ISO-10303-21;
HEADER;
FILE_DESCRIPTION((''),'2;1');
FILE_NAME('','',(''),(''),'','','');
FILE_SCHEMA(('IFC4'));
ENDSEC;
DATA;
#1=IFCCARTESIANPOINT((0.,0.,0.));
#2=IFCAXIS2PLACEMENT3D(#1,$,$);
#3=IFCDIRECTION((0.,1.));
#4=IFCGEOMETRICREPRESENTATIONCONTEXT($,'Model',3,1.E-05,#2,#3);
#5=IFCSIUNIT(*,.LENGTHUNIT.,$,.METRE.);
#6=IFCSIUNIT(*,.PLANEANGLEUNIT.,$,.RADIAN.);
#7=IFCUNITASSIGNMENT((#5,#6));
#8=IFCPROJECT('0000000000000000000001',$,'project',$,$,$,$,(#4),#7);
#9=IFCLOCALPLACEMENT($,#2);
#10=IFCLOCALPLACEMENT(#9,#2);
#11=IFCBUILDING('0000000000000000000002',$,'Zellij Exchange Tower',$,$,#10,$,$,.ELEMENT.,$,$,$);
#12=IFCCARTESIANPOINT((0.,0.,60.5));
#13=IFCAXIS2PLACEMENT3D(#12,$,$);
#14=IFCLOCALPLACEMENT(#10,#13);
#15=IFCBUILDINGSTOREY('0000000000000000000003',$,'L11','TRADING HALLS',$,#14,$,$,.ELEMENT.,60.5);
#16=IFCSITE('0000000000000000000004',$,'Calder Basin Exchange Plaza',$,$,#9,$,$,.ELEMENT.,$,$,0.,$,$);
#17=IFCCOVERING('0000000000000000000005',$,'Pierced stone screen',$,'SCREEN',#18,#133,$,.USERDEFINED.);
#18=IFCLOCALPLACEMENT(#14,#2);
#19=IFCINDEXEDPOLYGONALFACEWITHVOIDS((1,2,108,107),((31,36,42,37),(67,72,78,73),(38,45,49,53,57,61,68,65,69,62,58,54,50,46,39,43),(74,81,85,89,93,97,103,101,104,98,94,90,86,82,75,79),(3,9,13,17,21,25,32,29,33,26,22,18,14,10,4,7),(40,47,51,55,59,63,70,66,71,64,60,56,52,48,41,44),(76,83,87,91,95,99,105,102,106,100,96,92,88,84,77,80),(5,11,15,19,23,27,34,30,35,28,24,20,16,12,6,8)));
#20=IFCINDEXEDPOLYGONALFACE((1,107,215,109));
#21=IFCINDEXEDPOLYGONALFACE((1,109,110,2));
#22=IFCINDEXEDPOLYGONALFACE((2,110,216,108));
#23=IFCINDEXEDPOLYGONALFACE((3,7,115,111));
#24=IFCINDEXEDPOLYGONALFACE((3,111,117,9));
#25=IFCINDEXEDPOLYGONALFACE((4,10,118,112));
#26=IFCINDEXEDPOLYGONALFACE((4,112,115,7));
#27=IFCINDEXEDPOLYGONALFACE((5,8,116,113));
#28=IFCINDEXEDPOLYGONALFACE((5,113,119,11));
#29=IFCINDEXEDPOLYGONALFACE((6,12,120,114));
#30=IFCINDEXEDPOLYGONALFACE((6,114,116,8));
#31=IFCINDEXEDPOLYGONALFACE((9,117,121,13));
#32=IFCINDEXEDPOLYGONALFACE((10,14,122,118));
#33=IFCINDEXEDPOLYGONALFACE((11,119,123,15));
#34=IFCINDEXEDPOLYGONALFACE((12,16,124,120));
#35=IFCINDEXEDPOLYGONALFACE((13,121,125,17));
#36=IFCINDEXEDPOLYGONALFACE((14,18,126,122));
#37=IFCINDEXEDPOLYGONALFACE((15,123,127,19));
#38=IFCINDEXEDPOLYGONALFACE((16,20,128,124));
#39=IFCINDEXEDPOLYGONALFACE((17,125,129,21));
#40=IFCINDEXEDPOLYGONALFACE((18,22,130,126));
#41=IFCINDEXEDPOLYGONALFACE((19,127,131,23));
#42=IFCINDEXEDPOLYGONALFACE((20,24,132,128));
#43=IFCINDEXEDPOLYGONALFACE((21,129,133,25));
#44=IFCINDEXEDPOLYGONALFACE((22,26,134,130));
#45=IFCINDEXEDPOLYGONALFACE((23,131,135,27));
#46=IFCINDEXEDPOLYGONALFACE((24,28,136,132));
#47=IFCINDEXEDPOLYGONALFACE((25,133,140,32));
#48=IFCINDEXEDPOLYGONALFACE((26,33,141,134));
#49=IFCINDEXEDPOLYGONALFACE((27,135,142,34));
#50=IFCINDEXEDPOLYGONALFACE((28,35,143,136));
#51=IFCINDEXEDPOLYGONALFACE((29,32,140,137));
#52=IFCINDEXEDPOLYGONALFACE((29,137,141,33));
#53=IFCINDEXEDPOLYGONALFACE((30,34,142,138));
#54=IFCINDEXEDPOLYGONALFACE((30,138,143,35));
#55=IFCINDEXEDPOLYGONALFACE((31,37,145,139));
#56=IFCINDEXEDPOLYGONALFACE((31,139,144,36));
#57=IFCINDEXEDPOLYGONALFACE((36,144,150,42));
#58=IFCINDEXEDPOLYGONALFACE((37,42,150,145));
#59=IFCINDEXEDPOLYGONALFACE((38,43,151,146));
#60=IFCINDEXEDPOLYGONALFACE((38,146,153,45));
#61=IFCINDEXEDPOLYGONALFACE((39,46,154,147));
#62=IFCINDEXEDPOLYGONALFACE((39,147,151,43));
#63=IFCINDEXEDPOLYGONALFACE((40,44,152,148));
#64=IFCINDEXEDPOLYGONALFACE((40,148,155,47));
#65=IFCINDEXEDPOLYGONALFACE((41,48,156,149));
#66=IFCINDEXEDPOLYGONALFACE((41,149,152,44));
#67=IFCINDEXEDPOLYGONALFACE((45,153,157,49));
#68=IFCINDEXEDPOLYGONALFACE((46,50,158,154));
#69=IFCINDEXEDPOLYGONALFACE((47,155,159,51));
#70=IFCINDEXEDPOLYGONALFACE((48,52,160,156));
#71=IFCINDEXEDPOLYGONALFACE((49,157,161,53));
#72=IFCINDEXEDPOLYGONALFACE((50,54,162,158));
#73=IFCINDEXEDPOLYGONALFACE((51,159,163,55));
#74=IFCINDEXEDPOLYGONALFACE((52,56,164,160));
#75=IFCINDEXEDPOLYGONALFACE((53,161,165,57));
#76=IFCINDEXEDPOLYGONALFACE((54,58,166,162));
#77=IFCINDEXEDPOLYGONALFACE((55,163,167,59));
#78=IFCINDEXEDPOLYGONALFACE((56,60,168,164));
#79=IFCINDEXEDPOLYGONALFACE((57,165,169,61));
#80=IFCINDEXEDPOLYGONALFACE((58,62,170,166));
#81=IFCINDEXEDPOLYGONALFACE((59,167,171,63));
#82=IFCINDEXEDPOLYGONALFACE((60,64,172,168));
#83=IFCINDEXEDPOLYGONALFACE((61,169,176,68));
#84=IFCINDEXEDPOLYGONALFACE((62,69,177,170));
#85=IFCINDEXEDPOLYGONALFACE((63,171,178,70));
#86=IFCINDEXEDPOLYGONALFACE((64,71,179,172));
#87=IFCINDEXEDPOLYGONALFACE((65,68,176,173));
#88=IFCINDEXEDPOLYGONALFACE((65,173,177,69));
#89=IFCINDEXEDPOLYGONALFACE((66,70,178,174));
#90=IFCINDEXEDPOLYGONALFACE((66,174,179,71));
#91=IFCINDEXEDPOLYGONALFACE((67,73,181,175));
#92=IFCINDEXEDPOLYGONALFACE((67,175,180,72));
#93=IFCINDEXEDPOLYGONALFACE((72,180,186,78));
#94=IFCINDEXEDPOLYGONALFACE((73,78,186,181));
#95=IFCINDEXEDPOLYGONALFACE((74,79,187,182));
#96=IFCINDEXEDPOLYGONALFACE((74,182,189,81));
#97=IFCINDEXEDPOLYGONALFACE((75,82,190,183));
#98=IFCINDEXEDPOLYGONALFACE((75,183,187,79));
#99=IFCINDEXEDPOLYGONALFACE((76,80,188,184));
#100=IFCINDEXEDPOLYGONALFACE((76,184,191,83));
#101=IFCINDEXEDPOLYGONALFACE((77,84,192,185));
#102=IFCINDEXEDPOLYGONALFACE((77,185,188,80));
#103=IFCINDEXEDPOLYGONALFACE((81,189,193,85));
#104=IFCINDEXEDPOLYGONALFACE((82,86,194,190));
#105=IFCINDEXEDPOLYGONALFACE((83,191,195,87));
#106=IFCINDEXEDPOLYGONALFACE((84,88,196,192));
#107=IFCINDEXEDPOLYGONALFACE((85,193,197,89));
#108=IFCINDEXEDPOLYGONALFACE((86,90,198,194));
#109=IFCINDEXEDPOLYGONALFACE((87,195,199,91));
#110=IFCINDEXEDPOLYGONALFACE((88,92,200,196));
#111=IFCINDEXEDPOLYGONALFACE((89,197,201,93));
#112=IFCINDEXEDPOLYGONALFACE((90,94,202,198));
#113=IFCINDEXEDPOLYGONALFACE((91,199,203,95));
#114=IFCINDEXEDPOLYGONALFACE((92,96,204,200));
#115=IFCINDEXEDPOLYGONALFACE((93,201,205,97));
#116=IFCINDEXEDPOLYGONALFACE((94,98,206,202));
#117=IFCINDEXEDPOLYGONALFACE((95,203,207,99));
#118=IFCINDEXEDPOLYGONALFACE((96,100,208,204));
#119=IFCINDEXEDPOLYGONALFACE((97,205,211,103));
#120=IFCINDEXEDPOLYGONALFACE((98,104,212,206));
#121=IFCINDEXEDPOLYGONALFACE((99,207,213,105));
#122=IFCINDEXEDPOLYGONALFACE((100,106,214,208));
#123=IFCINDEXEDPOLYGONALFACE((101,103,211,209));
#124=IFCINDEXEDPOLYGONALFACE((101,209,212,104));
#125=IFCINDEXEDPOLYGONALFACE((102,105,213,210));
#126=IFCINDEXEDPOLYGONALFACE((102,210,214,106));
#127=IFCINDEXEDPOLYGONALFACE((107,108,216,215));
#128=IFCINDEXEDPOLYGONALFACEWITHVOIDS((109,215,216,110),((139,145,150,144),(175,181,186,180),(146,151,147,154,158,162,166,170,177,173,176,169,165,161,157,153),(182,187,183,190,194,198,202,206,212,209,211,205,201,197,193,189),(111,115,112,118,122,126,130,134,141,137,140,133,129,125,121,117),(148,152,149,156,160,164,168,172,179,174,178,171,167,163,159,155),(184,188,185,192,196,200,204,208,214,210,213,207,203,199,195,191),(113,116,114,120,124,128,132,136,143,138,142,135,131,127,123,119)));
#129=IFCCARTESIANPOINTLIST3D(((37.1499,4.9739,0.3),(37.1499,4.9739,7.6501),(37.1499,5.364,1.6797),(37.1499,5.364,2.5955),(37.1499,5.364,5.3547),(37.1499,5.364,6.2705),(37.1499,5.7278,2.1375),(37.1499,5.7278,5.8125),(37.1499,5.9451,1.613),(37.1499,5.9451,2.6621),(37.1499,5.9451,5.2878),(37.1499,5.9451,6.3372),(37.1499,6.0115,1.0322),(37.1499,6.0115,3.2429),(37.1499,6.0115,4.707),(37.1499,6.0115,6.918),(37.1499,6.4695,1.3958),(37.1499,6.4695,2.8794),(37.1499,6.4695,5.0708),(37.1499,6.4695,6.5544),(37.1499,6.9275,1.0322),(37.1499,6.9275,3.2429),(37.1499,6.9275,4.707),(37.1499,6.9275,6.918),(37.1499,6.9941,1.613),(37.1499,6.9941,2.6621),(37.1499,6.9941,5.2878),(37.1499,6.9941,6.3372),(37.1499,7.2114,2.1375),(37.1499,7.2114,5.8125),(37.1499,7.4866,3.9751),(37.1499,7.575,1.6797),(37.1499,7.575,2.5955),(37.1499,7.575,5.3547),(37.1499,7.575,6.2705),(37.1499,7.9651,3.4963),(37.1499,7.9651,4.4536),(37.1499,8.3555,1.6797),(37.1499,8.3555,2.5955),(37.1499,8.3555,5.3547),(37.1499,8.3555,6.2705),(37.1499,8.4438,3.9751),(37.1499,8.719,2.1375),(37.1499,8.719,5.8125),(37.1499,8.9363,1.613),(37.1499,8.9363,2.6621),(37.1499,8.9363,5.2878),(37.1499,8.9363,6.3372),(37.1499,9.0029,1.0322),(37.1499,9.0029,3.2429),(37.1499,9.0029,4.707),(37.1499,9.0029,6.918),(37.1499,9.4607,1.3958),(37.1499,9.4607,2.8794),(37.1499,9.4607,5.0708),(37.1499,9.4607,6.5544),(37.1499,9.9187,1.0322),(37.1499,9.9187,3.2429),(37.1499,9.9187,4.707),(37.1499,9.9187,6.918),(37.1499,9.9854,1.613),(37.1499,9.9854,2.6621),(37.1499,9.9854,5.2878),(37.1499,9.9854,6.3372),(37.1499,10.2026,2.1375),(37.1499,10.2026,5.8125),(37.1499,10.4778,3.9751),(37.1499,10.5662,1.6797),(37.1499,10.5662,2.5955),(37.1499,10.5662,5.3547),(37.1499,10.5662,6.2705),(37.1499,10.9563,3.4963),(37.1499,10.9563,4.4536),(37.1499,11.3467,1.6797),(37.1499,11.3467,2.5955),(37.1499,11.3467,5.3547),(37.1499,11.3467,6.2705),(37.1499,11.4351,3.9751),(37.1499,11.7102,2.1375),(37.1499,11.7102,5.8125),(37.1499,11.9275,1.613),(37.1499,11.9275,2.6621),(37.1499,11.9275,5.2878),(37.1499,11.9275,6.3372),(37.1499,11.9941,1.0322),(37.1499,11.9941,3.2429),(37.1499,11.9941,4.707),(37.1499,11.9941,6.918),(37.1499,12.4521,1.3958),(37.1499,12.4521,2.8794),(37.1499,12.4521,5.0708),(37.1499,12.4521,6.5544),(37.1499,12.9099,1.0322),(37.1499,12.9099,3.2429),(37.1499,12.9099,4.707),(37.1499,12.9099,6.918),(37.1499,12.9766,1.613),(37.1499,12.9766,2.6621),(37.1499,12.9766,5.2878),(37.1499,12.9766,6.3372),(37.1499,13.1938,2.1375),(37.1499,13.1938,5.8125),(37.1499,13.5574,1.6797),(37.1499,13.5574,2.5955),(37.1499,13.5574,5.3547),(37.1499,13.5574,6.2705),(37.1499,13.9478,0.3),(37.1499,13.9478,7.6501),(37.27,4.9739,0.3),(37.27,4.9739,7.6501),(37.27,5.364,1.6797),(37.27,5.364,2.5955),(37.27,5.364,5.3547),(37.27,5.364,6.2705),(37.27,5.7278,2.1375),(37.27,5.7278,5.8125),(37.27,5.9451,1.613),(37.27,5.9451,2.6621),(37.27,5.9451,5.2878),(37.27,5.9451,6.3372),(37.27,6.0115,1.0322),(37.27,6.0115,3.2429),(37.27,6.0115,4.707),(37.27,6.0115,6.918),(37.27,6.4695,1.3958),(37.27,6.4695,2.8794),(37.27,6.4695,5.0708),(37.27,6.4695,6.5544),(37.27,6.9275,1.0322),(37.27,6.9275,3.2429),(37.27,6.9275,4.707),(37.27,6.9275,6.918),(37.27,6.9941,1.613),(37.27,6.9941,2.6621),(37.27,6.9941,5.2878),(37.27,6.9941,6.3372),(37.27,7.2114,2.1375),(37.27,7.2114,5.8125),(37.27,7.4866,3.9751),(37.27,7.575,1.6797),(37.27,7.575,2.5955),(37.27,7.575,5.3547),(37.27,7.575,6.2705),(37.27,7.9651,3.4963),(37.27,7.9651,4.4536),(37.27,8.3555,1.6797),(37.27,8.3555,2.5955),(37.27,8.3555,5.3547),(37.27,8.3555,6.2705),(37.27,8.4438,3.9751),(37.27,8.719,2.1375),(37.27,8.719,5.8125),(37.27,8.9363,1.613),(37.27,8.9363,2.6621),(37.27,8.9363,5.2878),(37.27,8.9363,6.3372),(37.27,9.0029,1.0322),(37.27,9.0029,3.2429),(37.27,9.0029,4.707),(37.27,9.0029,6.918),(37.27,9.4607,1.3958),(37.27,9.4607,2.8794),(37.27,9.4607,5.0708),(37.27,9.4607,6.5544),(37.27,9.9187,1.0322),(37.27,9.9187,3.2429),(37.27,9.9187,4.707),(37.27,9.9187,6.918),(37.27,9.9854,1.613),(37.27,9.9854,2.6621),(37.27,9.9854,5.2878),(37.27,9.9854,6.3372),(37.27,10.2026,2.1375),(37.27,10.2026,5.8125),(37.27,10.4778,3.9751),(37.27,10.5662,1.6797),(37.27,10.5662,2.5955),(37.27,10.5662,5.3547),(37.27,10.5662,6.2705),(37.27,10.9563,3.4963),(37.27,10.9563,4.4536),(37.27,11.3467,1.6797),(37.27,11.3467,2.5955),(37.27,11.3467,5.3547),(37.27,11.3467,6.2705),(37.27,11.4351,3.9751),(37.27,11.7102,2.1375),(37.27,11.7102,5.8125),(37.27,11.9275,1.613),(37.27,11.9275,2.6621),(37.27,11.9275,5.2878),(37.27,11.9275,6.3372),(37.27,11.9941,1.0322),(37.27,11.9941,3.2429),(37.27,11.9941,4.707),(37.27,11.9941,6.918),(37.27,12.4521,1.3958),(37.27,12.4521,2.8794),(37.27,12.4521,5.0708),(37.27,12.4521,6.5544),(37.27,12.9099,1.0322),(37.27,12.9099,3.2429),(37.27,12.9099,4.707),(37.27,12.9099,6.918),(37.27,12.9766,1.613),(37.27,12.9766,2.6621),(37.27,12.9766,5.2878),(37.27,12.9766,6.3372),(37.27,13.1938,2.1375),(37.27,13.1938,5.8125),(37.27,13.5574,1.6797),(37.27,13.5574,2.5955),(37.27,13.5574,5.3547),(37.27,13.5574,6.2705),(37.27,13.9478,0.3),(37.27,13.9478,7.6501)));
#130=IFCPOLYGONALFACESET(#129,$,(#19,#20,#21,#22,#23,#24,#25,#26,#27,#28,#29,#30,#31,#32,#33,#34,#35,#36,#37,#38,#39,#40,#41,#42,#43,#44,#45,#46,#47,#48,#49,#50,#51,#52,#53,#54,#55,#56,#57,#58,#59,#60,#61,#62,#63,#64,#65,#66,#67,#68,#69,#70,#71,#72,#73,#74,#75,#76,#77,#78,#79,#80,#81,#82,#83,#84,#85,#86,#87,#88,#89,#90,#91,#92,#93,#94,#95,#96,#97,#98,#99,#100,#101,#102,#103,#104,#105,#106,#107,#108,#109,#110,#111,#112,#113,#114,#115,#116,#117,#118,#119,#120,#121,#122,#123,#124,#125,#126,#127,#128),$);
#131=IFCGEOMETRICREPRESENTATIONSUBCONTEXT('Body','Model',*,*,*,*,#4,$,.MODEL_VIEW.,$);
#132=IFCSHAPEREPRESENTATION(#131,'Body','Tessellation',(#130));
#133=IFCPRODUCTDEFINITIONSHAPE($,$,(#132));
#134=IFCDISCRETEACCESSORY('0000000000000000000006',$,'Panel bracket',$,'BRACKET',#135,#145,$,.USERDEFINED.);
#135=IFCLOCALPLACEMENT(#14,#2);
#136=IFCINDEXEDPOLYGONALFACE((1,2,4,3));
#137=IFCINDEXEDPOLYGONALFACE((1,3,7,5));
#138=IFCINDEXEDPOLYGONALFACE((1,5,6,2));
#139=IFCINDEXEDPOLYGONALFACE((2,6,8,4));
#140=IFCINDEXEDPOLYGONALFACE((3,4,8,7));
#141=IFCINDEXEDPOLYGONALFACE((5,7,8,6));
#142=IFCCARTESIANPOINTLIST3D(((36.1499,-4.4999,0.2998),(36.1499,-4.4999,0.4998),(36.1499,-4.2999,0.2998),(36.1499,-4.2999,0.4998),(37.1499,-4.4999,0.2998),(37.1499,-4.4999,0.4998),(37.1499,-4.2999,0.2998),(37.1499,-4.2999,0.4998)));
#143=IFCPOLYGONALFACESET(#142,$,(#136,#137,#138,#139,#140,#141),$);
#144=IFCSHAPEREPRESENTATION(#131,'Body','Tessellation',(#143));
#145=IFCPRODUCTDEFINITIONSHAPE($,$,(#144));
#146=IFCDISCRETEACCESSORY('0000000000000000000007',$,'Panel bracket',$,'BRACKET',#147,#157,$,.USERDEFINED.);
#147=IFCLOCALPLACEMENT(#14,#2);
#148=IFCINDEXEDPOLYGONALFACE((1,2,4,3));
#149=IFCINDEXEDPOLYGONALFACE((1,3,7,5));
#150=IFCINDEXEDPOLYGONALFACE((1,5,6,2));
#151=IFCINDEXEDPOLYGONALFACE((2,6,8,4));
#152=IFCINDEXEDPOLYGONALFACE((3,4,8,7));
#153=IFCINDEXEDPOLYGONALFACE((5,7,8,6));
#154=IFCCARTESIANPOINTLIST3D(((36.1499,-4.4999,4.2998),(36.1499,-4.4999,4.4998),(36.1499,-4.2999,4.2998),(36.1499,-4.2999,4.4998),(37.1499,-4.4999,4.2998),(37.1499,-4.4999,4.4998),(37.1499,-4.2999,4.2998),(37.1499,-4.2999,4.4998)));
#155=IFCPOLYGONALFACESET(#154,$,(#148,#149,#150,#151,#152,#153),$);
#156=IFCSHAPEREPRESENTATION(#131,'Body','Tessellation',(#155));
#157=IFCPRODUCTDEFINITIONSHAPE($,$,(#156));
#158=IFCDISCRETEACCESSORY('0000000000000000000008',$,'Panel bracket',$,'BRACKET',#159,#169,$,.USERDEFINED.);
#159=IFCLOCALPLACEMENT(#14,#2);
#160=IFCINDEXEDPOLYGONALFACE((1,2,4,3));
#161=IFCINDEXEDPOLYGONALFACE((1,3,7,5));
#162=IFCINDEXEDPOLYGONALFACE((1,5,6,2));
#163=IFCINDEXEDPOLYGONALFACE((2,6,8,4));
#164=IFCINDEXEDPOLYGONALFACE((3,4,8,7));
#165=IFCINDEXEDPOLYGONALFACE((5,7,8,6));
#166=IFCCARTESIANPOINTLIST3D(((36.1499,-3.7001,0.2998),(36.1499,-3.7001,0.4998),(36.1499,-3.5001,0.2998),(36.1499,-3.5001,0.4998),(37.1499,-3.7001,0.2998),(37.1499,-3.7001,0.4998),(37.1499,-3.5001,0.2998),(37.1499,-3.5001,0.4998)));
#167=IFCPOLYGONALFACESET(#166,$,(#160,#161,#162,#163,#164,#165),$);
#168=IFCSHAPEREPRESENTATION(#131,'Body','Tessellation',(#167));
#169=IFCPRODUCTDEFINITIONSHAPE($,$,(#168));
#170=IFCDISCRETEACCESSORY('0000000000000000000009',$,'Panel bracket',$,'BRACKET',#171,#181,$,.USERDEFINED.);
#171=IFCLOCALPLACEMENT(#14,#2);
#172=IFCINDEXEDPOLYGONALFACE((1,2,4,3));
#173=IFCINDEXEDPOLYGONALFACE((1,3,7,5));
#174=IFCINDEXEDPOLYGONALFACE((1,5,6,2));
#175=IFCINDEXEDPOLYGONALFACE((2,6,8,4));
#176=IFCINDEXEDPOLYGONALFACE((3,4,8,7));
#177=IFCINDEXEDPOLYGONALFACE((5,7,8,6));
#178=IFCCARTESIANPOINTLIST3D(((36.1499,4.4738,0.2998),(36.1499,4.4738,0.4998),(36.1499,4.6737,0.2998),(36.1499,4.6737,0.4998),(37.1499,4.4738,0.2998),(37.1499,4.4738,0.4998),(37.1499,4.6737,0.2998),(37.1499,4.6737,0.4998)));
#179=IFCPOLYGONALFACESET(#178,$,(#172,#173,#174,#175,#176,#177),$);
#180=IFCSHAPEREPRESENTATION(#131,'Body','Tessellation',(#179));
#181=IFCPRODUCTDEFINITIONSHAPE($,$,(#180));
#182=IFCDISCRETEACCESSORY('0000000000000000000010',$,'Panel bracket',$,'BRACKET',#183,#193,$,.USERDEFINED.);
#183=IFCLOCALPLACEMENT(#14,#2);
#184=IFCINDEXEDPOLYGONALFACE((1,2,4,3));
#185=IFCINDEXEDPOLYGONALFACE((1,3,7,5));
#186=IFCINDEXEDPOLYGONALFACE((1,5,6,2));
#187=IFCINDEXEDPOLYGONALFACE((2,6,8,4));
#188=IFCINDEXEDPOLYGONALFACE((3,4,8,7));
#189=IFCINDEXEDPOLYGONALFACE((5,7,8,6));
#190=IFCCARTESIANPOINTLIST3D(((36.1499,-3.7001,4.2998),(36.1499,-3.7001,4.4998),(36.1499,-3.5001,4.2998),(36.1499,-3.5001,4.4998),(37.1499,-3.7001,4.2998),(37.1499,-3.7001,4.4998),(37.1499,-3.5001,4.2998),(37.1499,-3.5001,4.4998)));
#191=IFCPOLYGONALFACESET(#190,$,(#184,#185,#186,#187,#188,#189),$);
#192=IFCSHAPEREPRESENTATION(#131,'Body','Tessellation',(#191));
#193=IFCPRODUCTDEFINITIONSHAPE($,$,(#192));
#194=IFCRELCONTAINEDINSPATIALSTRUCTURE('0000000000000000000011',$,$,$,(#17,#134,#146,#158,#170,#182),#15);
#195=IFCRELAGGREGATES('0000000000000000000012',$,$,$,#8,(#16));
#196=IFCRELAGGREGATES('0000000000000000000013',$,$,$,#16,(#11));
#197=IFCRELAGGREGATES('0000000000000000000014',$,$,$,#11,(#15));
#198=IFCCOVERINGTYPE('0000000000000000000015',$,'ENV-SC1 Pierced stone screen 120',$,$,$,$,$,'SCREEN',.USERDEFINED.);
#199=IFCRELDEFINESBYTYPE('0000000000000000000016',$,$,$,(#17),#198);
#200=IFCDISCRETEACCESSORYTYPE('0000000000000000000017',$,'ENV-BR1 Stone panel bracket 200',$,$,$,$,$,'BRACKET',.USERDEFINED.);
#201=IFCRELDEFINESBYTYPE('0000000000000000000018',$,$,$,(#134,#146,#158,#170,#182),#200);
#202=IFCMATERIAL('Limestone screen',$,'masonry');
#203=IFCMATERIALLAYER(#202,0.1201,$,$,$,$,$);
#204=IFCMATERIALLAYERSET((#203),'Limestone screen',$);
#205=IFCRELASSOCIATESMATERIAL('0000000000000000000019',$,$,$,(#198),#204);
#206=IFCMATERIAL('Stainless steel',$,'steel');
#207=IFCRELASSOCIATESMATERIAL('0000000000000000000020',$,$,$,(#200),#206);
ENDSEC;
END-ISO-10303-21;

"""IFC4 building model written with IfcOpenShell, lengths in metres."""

from ifc_helpers import new_model, si_unit, direction, frame, origin, origin_2d, place, context, subcontext, project, spatial, polyline, rectangle, outline, extrude, material, layer, layer_set, type_object, element, save


model = new_model("IFC4")

# Units and contexts
model_context = context("Model", 3, precision=1e-05, world=origin(), true_north=direction((0.0, 1.0)))
body_context = subcontext(model_context, "Body", "Model", "MODEL_VIEW")
ifc_project = project(units=[si_unit("LENGTHUNIT", "METRE"), si_unit("PLANEANGLEUNIT", "RADIAN")], contexts=[model_context])

# Site, building, storey
site_placement = place(None, origin())
site = spatial("IfcSite", under=ifc_project, at=site_placement, Name="Calder Basin Exchange Plaza", CompositionType="ELEMENT", RefElevation=0.0)
building_placement = place(site_placement, origin())
building = spatial("IfcBuilding", under=site, at=building_placement, Name="Zellij Exchange Tower", CompositionType="ELEMENT")
storey_placement = place(building_placement, frame((0.0, 0.0, 60.5)))
storey = spatial("IfcBuildingStorey", under=building, at=storey_placement, Name="L11", Description="TRADING HALLS", CompositionType="ELEMENT", Elevation=60.5)

# Covering
ifc_material_1 = material(Name="Limestone screen", Category="masonry")
ifc_layer_1 = layer(ifc_material_1, 0.1201)
ifc_layer_set_1 = layer_set([ifc_layer_1], Name="Limestone screen")
covering_type = type_object("IfcCoveringType", Name="ENV-SC1 Pierced stone screen 120", ElementType="SCREEN", PredefinedType="USERDEFINED", material=ifc_layer_set_1)
covering_1_placement = place(storey_placement, frame((37.21, 4.9739, 0.3), z_axis=(0.0, 0.0, 1.0), x_axis=(0.0, 1.0, 0.0)))
element("IfcCovering", 1, at=covering_1_placement, inside=storey, type_object=covering_type, Name="Pierced stone screen", ObjectType="SCREEN", PredefinedType="USERDEFINED", context=body_context, shape_type="SweptSolid", body=[
    extrude(outline(polyline([(0.0, 0.0), (8.9739, 0.0), (8.9739, 7.3501), (0.0, 7.3501), (0.0, 0.0)]), holes=[polyline([(2.6011, 2.2954), (2.0203, 2.3621), (1.9536, 2.9429), (1.4956, 2.5793), (1.0376, 2.9429), (0.9712, 2.3621), (0.3901, 2.2954), (0.7539, 1.8374), (0.3901, 1.3796), (0.9712, 1.313), (1.0376, 0.7322), (1.4956, 1.0957), (1.9536, 0.7322), (2.0203, 1.313), (2.6011, 1.3796), (2.2375, 1.8374), (2.6011, 2.2954)]), polyline([(2.6011, 5.9705), (2.0203, 6.0371), (1.9536, 6.6179), (1.4956, 6.2544), (1.0376, 6.6179), (0.9712, 6.0371), (0.3901, 5.9705), (0.7539, 5.5125), (0.3901, 5.0547), (0.9712, 4.9878), (1.0376, 4.407), (1.4956, 4.7708), (1.9536, 4.407), (2.0203, 4.9878), (2.6011, 5.0547), (2.2375, 5.5125), (2.6011, 5.9705)]), polyline([(5.5923, 2.2954), (5.0115, 2.3621), (4.9448, 2.9429), (4.4868, 2.5793), (4.0291, 2.9429), (3.9624, 2.3621), (3.3816, 2.2954), (3.7451, 1.8374), (3.3816, 1.3796), (3.9624, 1.313), (4.0291, 0.7322), (4.4868, 1.0957), (4.9448, 0.7322), (5.0115, 1.313), (5.5923, 1.3796), (5.2288, 1.8374), (5.5923, 2.2954)]), polyline([(5.5923, 5.9705), (5.0115, 6.0371), (4.9448, 6.6179), (4.4868, 6.2544), (4.0291, 6.6179), (3.9624, 6.0371), (3.3816, 5.9705), (3.7451, 5.5125), (3.3816, 5.0547), (3.9624, 4.9878), (4.0291, 4.407), (4.4868, 4.7708), (4.9448, 4.407), (5.0115, 4.9878), (5.5923, 5.0547), (5.2288, 5.5125), (5.5923, 5.9705)]), polyline([(8.5835, 2.2954), (8.0027, 2.3621), (7.936, 2.9429), (7.4783, 2.5793), (7.0203, 2.9429), (6.9536, 2.3621), (6.3728, 2.2954), (6.7363, 1.8374), (6.3728, 1.3796), (6.9536, 1.313), (7.0203, 0.7322), (7.4783, 1.0957), (7.936, 0.7322), (8.0027, 1.313), (8.5835, 1.3796), (8.22, 1.8374), (8.5835, 2.2954)]), polyline([(8.5835, 5.9705), (8.0027, 6.0371), (7.936, 6.6179), (7.4783, 6.2544), (7.0203, 6.6179), (6.9536, 6.0371), (6.3728, 5.9705), (6.7363, 5.5125), (6.3728, 5.0547), (6.9536, 4.9878), (7.0203, 4.407), (7.4783, 4.7708), (7.936, 4.407), (8.0027, 4.9878), (8.5835, 5.0547), (8.22, 5.5125), (8.5835, 5.9705)]), polyline([(3.47, 3.675), (2.9912, 4.1536), (2.5127, 3.675), (2.9912, 3.1963), (3.47, 3.675)]), polyline([(6.4612, 3.675), (5.9824, 4.1536), (5.5039, 3.675), (5.9824, 3.1963), (6.4612, 3.675)])]), frame((0.0, 0.0601, 0.0), z_axis=(0.0, -1.0, 0.0), x_axis=(1.0, 0.0, 0.0)), (0.0, 0.0, 1.0), 0.1201),
])

# Discrete accessories
ifc_material_2 = material(Name="Stainless steel", Category="steel")
discrete_accessory_type = type_object("IfcDiscreteAccessoryType", Name="ENV-BR1 Stone panel bracket 200", ElementType="BRACKET", PredefinedType="USERDEFINED", material=ifc_material_2)
for number, where, z_axis, x_axis, name in (
    (2, (36.6499, -4.3999, 0.2998), (0.0, 0.0, 1.0), (0.0, 1.0, 0.0), "Panel bracket"),
    (3, (36.6499, -4.3999, 4.2998), (0.0, 0.0, 1.0), (0.0, 1.0, 0.0), "Panel bracket"),
    (4, (36.6499, -3.6001, 0.2998), (0.0, 0.0, 1.0), (0.0, 1.0, 0.0), "Panel bracket"),
    (5, (36.6499, 4.5737, 0.2998), (0.0, 0.0, 1.0), (0.0, 1.0, 0.0), "Panel bracket"),
    (6, (36.6499, -3.6001, 4.2998), (0.0, 0.0, 1.0), (0.0, 1.0, 0.0), "Panel bracket"),
):
    element("IfcDiscreteAccessory", number, at=place(storey_placement, frame(where, z_axis=z_axis, x_axis=x_axis)), inside=storey, type_object=discrete_accessory_type, Name=name, ObjectType="BRACKET", PredefinedType="USERDEFINED", context=body_context, shape_type="SweptSolid", body=[
        extrude(rectangle(XDim=0.2, YDim=1.0, at=origin_2d()), origin(), (0.0, 0.0, 1.0), 0.2),
    ])

save(model, "model.ifc")
